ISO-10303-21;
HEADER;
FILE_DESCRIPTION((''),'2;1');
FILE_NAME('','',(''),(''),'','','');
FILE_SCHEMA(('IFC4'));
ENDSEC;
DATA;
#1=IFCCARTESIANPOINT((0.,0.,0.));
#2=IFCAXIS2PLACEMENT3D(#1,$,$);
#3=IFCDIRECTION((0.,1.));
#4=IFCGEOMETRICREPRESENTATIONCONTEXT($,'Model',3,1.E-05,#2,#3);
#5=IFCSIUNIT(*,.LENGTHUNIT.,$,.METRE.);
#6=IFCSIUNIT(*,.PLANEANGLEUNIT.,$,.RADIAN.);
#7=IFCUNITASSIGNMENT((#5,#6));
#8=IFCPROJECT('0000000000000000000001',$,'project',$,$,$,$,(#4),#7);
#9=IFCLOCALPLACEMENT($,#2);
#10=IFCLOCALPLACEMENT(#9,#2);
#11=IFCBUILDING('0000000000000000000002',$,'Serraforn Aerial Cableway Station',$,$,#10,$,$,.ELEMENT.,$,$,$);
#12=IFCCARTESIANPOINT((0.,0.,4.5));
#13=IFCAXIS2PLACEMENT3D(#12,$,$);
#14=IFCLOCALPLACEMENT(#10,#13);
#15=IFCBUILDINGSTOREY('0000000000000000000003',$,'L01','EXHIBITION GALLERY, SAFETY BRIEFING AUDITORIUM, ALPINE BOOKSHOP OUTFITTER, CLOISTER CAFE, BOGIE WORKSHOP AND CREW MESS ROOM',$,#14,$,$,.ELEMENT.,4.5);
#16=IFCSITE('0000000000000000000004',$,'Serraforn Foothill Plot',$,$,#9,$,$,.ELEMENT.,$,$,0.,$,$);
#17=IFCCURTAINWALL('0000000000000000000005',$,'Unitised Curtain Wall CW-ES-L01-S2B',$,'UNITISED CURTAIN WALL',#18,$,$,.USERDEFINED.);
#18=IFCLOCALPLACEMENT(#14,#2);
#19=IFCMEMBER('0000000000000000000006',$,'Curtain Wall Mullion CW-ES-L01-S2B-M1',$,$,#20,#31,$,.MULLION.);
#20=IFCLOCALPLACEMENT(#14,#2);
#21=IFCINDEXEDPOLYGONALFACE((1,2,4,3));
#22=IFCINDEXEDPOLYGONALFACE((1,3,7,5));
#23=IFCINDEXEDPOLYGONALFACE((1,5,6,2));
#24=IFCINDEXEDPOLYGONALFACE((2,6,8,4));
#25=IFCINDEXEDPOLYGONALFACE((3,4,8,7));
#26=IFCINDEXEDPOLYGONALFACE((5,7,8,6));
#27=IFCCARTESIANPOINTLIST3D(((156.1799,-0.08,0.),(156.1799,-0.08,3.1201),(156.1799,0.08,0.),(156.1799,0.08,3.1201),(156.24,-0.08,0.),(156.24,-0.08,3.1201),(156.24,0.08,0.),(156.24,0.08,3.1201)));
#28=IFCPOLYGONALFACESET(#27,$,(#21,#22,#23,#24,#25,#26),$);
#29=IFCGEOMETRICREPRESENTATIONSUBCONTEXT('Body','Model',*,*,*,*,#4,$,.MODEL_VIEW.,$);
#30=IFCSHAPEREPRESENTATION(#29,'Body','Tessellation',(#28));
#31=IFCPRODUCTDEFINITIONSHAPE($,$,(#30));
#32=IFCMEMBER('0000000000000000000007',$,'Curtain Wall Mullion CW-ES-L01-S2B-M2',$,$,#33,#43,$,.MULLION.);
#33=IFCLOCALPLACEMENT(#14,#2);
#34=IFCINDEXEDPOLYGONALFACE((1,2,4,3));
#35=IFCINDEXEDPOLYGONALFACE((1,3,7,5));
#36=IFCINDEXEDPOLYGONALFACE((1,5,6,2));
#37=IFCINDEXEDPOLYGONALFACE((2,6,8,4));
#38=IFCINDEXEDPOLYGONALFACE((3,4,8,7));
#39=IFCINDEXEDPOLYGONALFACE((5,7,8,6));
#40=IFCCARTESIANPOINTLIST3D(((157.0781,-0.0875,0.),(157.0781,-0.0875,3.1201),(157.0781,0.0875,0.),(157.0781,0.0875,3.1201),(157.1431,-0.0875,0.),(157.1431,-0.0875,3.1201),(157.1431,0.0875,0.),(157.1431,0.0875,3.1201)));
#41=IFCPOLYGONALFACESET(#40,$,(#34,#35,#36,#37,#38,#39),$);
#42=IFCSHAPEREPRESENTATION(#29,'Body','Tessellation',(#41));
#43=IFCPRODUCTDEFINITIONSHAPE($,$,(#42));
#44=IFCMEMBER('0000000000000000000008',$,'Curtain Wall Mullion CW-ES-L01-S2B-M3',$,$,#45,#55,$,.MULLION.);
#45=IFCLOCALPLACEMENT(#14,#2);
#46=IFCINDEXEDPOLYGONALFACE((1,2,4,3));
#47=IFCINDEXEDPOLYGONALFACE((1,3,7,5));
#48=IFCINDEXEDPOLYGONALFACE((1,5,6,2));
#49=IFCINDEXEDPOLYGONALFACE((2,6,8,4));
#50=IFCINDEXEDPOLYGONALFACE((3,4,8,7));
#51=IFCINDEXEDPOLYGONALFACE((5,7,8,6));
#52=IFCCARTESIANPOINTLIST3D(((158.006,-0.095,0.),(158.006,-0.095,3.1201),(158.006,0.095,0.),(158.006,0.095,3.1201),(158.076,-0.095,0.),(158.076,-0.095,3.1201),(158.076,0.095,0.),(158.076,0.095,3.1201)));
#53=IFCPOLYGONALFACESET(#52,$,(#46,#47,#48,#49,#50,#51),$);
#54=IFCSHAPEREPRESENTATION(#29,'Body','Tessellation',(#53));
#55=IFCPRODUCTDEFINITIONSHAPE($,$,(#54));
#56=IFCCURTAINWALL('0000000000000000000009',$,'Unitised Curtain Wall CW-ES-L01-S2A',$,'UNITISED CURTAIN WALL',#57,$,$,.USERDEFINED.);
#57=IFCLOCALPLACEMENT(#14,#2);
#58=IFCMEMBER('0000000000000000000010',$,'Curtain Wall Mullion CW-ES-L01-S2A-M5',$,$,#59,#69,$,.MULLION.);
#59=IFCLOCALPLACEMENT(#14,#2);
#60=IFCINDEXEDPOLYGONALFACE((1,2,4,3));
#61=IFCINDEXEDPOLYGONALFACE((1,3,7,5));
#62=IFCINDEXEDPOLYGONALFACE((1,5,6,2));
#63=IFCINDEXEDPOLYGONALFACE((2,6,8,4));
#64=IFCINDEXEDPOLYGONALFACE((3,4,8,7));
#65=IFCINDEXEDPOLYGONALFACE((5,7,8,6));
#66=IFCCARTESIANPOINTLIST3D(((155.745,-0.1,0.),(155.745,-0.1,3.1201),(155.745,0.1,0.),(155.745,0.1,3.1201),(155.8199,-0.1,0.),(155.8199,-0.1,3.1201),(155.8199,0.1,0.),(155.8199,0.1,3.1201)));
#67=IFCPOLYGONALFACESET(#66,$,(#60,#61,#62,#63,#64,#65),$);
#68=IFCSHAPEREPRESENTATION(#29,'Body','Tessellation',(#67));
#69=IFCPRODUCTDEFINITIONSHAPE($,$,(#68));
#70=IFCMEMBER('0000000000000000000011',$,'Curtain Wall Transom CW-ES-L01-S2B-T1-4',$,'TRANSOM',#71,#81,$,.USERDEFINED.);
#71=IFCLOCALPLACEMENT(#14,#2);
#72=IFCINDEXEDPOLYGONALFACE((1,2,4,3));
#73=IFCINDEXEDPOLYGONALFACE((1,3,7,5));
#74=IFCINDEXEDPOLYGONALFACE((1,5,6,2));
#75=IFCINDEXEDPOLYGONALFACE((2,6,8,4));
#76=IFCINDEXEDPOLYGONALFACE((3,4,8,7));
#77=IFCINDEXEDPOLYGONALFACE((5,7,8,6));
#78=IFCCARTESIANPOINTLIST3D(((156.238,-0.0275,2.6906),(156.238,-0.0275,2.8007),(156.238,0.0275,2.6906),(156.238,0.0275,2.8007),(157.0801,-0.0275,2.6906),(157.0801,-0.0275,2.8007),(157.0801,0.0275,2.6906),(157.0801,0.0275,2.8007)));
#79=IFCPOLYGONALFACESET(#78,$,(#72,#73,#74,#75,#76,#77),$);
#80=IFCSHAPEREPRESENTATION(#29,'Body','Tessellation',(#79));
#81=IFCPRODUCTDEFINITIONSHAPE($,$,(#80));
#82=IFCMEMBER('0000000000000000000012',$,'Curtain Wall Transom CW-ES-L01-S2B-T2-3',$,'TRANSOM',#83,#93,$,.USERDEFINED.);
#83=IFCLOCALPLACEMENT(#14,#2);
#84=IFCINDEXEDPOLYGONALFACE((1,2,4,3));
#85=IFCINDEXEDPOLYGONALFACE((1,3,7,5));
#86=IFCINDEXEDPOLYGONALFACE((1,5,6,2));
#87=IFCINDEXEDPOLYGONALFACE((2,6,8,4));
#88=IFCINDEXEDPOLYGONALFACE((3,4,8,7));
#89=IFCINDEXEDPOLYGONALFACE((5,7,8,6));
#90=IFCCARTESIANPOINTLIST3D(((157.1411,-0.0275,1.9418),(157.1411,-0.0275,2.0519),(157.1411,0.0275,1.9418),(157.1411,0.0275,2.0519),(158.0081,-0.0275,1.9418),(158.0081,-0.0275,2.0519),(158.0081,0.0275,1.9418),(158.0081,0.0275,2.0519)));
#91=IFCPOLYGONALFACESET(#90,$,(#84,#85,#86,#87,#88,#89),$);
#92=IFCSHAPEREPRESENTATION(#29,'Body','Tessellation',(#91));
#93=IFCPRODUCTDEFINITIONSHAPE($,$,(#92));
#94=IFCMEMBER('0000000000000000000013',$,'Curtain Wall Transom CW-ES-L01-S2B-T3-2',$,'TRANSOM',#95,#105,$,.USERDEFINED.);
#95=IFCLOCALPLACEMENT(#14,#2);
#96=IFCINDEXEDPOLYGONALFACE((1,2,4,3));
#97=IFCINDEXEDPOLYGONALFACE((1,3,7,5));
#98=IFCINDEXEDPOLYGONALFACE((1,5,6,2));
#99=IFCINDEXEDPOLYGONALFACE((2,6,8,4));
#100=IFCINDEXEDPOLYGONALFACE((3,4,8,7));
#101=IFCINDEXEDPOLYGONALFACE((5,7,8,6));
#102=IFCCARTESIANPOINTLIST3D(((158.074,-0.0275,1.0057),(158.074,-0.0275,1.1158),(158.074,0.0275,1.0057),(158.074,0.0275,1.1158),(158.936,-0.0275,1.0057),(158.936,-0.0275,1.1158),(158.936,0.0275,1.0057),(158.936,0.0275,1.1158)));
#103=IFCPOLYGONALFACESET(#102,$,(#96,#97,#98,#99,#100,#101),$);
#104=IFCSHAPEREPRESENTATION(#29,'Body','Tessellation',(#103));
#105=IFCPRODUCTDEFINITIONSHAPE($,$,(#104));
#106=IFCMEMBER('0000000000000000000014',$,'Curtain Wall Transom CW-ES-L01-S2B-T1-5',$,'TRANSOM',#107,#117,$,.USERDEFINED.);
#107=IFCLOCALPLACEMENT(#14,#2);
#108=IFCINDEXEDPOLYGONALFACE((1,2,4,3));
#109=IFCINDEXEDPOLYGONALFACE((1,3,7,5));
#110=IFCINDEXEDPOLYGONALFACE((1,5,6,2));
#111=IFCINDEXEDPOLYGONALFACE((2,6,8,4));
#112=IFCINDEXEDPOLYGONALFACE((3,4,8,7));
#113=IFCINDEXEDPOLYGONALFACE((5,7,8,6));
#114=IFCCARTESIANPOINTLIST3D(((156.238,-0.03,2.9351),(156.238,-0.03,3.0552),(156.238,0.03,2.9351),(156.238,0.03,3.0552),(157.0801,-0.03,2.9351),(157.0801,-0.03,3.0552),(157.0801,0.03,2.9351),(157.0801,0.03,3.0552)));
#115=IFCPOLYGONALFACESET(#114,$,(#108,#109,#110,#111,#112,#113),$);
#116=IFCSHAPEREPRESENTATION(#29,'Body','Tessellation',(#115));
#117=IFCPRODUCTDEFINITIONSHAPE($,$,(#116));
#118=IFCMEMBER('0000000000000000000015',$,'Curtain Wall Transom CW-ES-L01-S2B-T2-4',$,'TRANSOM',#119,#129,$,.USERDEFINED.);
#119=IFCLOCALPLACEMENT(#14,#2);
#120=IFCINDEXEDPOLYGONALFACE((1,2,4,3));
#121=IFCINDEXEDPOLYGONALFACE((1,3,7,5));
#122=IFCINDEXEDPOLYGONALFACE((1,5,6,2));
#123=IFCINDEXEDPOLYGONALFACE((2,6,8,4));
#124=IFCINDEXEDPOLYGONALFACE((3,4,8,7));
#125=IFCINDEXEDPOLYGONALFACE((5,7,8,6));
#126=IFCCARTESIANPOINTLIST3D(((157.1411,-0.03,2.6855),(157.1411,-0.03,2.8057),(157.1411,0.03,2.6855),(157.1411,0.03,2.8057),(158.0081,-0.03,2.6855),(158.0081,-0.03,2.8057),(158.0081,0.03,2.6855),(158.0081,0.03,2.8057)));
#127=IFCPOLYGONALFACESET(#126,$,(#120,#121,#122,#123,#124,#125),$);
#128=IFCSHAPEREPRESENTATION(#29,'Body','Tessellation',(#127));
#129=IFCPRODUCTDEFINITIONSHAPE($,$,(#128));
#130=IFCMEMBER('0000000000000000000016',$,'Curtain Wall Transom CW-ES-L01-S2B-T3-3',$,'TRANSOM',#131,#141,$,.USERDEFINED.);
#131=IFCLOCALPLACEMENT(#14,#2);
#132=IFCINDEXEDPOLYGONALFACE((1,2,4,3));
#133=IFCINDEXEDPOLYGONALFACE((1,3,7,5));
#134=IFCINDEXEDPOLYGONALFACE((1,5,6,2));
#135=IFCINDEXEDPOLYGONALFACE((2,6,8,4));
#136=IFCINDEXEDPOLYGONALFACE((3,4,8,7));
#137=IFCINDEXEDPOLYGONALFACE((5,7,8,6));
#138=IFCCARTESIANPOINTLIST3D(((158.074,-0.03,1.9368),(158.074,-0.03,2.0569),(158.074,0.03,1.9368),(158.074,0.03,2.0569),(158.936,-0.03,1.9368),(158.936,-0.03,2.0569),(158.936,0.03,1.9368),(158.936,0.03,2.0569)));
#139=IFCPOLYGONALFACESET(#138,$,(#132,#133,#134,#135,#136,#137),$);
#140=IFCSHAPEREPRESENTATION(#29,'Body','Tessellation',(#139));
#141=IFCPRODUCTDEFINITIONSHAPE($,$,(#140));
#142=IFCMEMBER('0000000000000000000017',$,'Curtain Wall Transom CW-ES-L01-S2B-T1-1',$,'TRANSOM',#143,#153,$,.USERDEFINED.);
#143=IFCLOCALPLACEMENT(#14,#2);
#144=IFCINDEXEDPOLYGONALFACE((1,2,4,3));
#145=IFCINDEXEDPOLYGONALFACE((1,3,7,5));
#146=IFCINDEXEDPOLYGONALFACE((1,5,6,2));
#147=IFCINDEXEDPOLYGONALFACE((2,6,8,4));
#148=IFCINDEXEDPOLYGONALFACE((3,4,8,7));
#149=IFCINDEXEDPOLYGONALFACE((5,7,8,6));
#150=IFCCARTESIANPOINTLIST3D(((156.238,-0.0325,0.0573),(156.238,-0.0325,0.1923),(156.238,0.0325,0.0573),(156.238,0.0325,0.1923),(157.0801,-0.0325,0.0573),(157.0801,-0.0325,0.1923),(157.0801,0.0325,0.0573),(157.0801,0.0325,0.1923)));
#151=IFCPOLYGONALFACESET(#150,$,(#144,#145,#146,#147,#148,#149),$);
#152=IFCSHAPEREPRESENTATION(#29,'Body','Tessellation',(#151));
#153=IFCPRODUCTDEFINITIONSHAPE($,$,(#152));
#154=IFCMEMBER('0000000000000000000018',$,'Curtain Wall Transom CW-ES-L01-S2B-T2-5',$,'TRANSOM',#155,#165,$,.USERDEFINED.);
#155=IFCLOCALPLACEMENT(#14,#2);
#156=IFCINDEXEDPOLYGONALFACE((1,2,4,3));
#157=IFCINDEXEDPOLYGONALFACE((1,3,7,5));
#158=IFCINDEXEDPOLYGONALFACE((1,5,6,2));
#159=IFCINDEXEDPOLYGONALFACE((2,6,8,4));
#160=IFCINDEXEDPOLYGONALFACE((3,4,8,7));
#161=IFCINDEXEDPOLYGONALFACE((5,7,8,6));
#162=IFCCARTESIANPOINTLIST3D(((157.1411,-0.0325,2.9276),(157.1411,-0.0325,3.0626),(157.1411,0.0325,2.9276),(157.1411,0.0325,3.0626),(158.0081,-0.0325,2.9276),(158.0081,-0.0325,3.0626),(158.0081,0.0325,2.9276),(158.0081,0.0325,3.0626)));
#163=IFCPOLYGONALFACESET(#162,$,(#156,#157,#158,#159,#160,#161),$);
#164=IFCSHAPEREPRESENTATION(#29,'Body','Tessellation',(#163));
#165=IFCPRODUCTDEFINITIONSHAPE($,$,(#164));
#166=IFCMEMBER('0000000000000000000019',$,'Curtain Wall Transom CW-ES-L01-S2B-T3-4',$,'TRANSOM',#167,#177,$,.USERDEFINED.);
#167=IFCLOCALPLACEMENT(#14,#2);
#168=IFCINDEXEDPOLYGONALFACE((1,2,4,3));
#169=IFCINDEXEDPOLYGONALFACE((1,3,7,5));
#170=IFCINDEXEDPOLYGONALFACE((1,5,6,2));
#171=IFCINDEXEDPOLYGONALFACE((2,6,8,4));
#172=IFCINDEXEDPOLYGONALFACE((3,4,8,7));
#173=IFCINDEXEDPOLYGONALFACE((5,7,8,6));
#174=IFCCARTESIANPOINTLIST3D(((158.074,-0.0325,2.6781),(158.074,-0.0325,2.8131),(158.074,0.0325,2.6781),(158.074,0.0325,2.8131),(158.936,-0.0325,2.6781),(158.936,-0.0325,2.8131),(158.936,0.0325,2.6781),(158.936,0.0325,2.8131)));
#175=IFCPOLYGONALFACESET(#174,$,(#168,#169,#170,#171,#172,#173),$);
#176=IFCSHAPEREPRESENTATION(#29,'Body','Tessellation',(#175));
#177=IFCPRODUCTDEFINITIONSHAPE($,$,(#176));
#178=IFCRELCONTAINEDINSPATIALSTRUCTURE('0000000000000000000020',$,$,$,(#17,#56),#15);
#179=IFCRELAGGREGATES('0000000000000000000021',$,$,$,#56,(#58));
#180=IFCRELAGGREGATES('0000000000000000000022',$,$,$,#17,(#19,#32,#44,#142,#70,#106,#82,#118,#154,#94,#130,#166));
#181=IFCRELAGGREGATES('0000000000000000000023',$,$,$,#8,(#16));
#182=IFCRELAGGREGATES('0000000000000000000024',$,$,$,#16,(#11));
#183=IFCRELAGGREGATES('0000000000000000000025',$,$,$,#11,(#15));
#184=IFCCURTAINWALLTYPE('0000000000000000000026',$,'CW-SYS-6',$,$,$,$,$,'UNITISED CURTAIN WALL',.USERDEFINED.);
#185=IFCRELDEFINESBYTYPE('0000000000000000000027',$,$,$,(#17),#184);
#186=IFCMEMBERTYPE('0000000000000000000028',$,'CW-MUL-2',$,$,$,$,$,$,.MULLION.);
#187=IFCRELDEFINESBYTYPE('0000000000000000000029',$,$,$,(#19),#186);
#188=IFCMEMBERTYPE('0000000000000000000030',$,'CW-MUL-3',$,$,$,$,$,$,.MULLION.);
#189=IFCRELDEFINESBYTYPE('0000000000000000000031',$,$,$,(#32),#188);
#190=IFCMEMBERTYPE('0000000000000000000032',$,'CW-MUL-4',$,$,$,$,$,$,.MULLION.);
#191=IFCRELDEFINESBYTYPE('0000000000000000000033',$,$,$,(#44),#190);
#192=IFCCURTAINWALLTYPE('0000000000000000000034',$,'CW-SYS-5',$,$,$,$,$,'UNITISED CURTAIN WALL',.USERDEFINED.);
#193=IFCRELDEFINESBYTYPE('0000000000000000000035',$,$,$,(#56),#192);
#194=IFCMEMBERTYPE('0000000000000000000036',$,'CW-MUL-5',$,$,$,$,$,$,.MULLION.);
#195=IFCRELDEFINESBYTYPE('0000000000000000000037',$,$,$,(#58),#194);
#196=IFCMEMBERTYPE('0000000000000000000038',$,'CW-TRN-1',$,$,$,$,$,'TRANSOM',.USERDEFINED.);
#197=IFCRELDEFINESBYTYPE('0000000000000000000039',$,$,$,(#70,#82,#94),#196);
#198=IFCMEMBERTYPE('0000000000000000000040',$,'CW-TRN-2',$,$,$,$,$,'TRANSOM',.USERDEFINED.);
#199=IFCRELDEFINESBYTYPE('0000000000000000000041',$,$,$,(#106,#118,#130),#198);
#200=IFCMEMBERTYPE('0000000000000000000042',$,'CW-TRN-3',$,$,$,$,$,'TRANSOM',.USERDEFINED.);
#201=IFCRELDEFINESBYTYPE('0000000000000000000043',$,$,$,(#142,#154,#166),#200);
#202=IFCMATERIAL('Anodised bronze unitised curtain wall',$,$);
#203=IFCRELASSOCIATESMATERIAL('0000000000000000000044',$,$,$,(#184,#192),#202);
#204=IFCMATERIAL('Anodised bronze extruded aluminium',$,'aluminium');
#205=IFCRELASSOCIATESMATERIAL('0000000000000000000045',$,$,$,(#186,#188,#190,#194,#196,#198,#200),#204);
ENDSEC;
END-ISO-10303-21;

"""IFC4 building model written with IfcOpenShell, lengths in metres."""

from ifc_helpers import new_model, si_unit, direction, frame, origin, origin_2d, place, context, subcontext, project, spatial, rectangle, extrude, material, material_profile, profile_set, type_object, element, aggregate, save


model = new_model("IFC4")

# Units and contexts
model_context = context("Model", 3, precision=1e-05, world=origin(), true_north=direction((0.0, 1.0)))
body_context = subcontext(model_context, "Body", "Model", "MODEL_VIEW")
ifc_project = project(units=[si_unit("LENGTHUNIT", "METRE"), si_unit("PLANEANGLEUNIT", "RADIAN")], contexts=[model_context])

# Site, building, storey
site_placement = place(None, origin())
site = spatial("IfcSite", under=ifc_project, at=site_placement, Name="Serraforn Foothill Plot", CompositionType="ELEMENT", RefElevation=0.0)
building_placement = place(site_placement, origin())
building = spatial("IfcBuilding", under=site, at=building_placement, Name="Serraforn Aerial Cableway Station", CompositionType="ELEMENT")
storey_placement = place(building_placement, frame((0.0, 0.0, 4.5)))
storey = spatial("IfcBuildingStorey", under=building, at=storey_placement, Name="L01", Description="EXHIBITION GALLERY, SAFETY BRIEFING AUDITORIUM, ALPINE BOOKSHOP OUTFITTER, CLOISTER CAFE, BOGIE WORKSHOP AND CREW MESS ROOM", CompositionType="ELEMENT", Elevation=4.5)

# Curtain wall, members
ifc_material_1 = material(Name="Anodised bronze unitised curtain wall")
curtain_wall_type_1 = type_object("IfcCurtainWallType", Name="CW-SYS-6", ElementType="UNITISED CURTAIN WALL", PredefinedType="USERDEFINED", material=ifc_material_1)
curtain_wall_1_placement = place(storey_placement, origin())
curtain_wall_1 = element("IfcCurtainWall", 1, at=curtain_wall_1_placement, inside=storey, type_object=curtain_wall_type_1, Name="Unitised Curtain Wall CW-ES-L01-S2B", ObjectType="UNITISED CURTAIN WALL", PredefinedType="USERDEFINED")
ifc_material_2 = material(Name="Anodised bronze extruded aluminium", Category="aluminium")
ifc_material_profile_1 = material_profile(ifc_material_2, rectangle(XDim=0.0601, YDim=0.1599, at=origin_2d()), Name="CW MULLION 60x160")
ifc_profile_set_1 = profile_set([ifc_material_profile_1], Name="Anodised bronze extruded aluminium")
member_type_1 = type_object("IfcMemberType", Name="CW-MUL-2", PredefinedType="MULLION", material=ifc_profile_set_1)
member_1_placement = place(storey_placement, frame((156.21, 0.0, 0.0), z_axis=(0.0, 0.0, 1.0), x_axis=(1.0, 0.0, 0.0)))
member_1 = element("IfcMember", 2, at=member_1_placement, type_object=member_type_1, Name="Curtain Wall Mullion CW-ES-L01-S2B-M1", PredefinedType="MULLION", context=body_context, shape_type="SweptSolid", body=[
    extrude(rectangle(XDim=0.0601, YDim=0.1599, at=origin_2d()), origin(), (0.0, 0.0, 1.0), 3.1201),
])
ifc_material_profile_2 = material_profile(ifc_material_2, rectangle(XDim=0.0649, YDim=0.175, at=origin_2d()), Name="CW MULLION 65x175")
ifc_profile_set_2 = profile_set([ifc_material_profile_2], Name="Anodised bronze extruded aluminium")
member_type_2 = type_object("IfcMemberType", Name="CW-MUL-3", PredefinedType="MULLION", material=ifc_profile_set_2)
member_2_placement = place(storey_placement, frame((157.1106, 0.0, 0.0), z_axis=(0.0, 0.0, 1.0), x_axis=(1.0, 0.0, 0.0)))
member_2 = element("IfcMember", 3, at=member_2_placement, type_object=member_type_2, Name="Curtain Wall Mullion CW-ES-L01-S2B-M2", PredefinedType="MULLION", context=body_context, shape_type="SweptSolid", body=[
    extrude(rectangle(XDim=0.0649, YDim=0.175, at=origin_2d()), origin(), (0.0, 0.0, 1.0), 3.1201),
])
ifc_material_profile_3 = material_profile(ifc_material_2, rectangle(XDim=0.0701, YDim=0.1899, at=origin_2d()), Name="CW MULLION 70x190")
ifc_profile_set_3 = profile_set([ifc_material_profile_3], Name="Anodised bronze extruded aluminium")
member_type_3 = type_object("IfcMemberType", Name="CW-MUL-4", PredefinedType="MULLION", material=ifc_profile_set_3)
member_3_placement = place(storey_placement, frame((158.041, 0.0, 0.0), z_axis=(0.0, 0.0, 1.0), x_axis=(1.0, 0.0, 0.0)))
member_3 = element("IfcMember", 4, at=member_3_placement, type_object=member_type_3, Name="Curtain Wall Mullion CW-ES-L01-S2B-M3", PredefinedType="MULLION", context=body_context, shape_type="SweptSolid", body=[
    extrude(rectangle(XDim=0.0701, YDim=0.1899, at=origin_2d()), origin(), (0.0, 0.0, 1.0), 3.1201),
])

# Curtain wall, member
curtain_wall_type_2 = type_object("IfcCurtainWallType", Name="CW-SYS-5", ElementType="UNITISED CURTAIN WALL", PredefinedType="USERDEFINED", material=ifc_material_1)
curtain_wall_2_placement = place(storey_placement, origin())
curtain_wall_2 = element("IfcCurtainWall", 5, at=curtain_wall_2_placement, inside=storey, type_object=curtain_wall_type_2, Name="Unitised Curtain Wall CW-ES-L01-S2A", ObjectType="UNITISED CURTAIN WALL", PredefinedType="USERDEFINED")
ifc_material_profile_4 = material_profile(ifc_material_2, rectangle(XDim=0.075, YDim=0.2, at=origin_2d()), Name="CW MULLION 75x200")
ifc_profile_set_4 = profile_set([ifc_material_profile_4], Name="Anodised bronze extruded aluminium")
member_type_4 = type_object("IfcMemberType", Name="CW-MUL-5", PredefinedType="MULLION", material=ifc_profile_set_4)
member_4_placement = place(storey_placement, frame((155.7825, 0.0, 0.0), z_axis=(0.0, 0.0, 1.0), x_axis=(1.0, 0.0, 0.0)))
member_4 = element("IfcMember", 6, at=member_4_placement, type_object=member_type_4, Name="Curtain Wall Mullion CW-ES-L01-S2A-M5", PredefinedType="MULLION", context=body_context, shape_type="SweptSolid", body=[
    extrude(rectangle(XDim=0.075, YDim=0.2, at=origin_2d()), origin(), (0.0, 0.0, 1.0), 3.1201),
])

# Members
ifc_material_profile_5 = material_profile(ifc_material_2, rectangle(XDim=0.0549, YDim=0.1101, at=origin_2d()), Name="CW TRANSOM 55x110")
ifc_profile_set_5 = profile_set([ifc_material_profile_5], Name="Anodised bronze extruded aluminium")
member_type_5 = type_object("IfcMemberType", Name="CW-TRN-1", ElementType="TRANSOM", PredefinedType="USERDEFINED", material=ifc_profile_set_5)
member_5_placement = place(storey_placement, frame((156.238, 0.0, 2.7456), z_axis=(1.0, 0.0, 0.0), x_axis=(0.0, 1.0, 0.0)))
member_5 = element("IfcMember", 7, at=member_5_placement, type_object=member_type_5, Name="Curtain Wall Transom CW-ES-L01-S2B-T1-4", ObjectType="TRANSOM", PredefinedType="USERDEFINED", context=body_context, shape_type="SweptSolid", body=[
    extrude(rectangle(XDim=0.0549, YDim=0.1101, at=origin_2d()), origin(), (0.0, 0.0, 1.0), 0.842),
])
member_6_placement = place(storey_placement, frame((157.1411, 0.0, 1.9968), z_axis=(1.0, 0.0, 0.0), x_axis=(0.0, 1.0, 0.0)))
member_6 = element("IfcMember", 8, at=member_6_placement, type_object=member_type_5, Name="Curtain Wall Transom CW-ES-L01-S2B-T2-3", ObjectType="TRANSOM", PredefinedType="USERDEFINED", context=body_context, shape_type="SweptSolid", body=[
    extrude(rectangle(XDim=0.0549, YDim=0.1101, at=origin_2d()), origin(), (0.0, 0.0, 1.0), 0.8669),
])
member_7_placement = place(storey_placement, frame((158.074, 0.0, 1.0608), z_axis=(1.0, 0.0, 0.0), x_axis=(0.0, 1.0, 0.0)))
member_7 = element("IfcMember", 9, at=member_7_placement, type_object=member_type_5, Name="Curtain Wall Transom CW-ES-L01-S2B-T3-2", ObjectType="TRANSOM", PredefinedType="USERDEFINED", context=body_context, shape_type="SweptSolid", body=[
    extrude(rectangle(XDim=0.0549, YDim=0.1101, at=origin_2d()), origin(), (0.0, 0.0, 1.0), 0.8621),
])
ifc_material_profile_6 = material_profile(ifc_material_2, rectangle(XDim=0.0601, YDim=0.1201, at=origin_2d()), Name="CW TRANSOM 60x120")
ifc_profile_set_6 = profile_set([ifc_material_profile_6], Name="Anodised bronze extruded aluminium")
member_type_6 = type_object("IfcMemberType", Name="CW-TRN-2", ElementType="TRANSOM", PredefinedType="USERDEFINED", material=ifc_profile_set_6)
member_8_placement = place(storey_placement, frame((156.238, 0.0, 2.9951), z_axis=(1.0, 0.0, 0.0), x_axis=(0.0, 1.0, 0.0)))
member_8 = element("IfcMember", 10, at=member_8_placement, type_object=member_type_6, Name="Curtain Wall Transom CW-ES-L01-S2B-T1-5", ObjectType="TRANSOM", PredefinedType="USERDEFINED", context=body_context, shape_type="SweptSolid", body=[
    extrude(rectangle(XDim=0.0601, YDim=0.1201, at=origin_2d()), origin(), (0.0, 0.0, 1.0), 0.842),
])
member_9_placement = place(storey_placement, frame((157.1411, 0.0, 2.7456), z_axis=(1.0, 0.0, 0.0), x_axis=(0.0, 1.0, 0.0)))
member_9 = element("IfcMember", 11, at=member_9_placement, type_object=member_type_6, Name="Curtain Wall Transom CW-ES-L01-S2B-T2-4", ObjectType="TRANSOM", PredefinedType="USERDEFINED", context=body_context, shape_type="SweptSolid", body=[
    extrude(rectangle(XDim=0.0601, YDim=0.1201, at=origin_2d()), origin(), (0.0, 0.0, 1.0), 0.8669),
])
member_10_placement = place(storey_placement, frame((158.074, 0.0, 1.9968), z_axis=(1.0, 0.0, 0.0), x_axis=(0.0, 1.0, 0.0)))
member_10 = element("IfcMember", 12, at=member_10_placement, type_object=member_type_6, Name="Curtain Wall Transom CW-ES-L01-S2B-T3-3", ObjectType="TRANSOM", PredefinedType="USERDEFINED", context=body_context, shape_type="SweptSolid", body=[
    extrude(rectangle(XDim=0.0601, YDim=0.1201, at=origin_2d()), origin(), (0.0, 0.0, 1.0), 0.8621),
])
ifc_material_profile_7 = material_profile(ifc_material_2, rectangle(XDim=0.0649, YDim=0.135, at=origin_2d()), Name="CW TRANSOM 65x135")
ifc_profile_set_7 = profile_set([ifc_material_profile_7], Name="Anodised bronze extruded aluminium")
member_type_7 = type_object("IfcMemberType", Name="CW-TRN-3", ElementType="TRANSOM", PredefinedType="USERDEFINED", material=ifc_profile_set_7)
member_11_placement = place(storey_placement, frame((156.238, 0.0, 0.1248), z_axis=(1.0, 0.0, 0.0), x_axis=(0.0, 1.0, 0.0)))
member_11 = element("IfcMember", 13, at=member_11_placement, type_object=member_type_7, Name="Curtain Wall Transom CW-ES-L01-S2B-T1-1", ObjectType="TRANSOM", PredefinedType="USERDEFINED", context=body_context, shape_type="SweptSolid", body=[
    extrude(rectangle(XDim=0.0649, YDim=0.135, at=origin_2d()), origin(), (0.0, 0.0, 1.0), 0.842),
])
member_12_placement = place(storey_placement, frame((157.1411, 0.0, 2.9951), z_axis=(1.0, 0.0, 0.0), x_axis=(0.0, 1.0, 0.0)))
member_12 = element("IfcMember", 14, at=member_12_placement, type_object=member_type_7, Name="Curtain Wall Transom CW-ES-L01-S2B-T2-5", ObjectType="TRANSOM", PredefinedType="USERDEFINED", context=body_context, shape_type="SweptSolid", body=[
    extrude(rectangle(XDim=0.0649, YDim=0.135, at=origin_2d()), origin(), (0.0, 0.0, 1.0), 0.8669),
])
member_13_placement = place(storey_placement, frame((158.074, 0.0, 2.7456), z_axis=(1.0, 0.0, 0.0), x_axis=(0.0, 1.0, 0.0)))
member_13 = element("IfcMember", 15, at=member_13_placement, type_object=member_type_7, Name="Curtain Wall Transom CW-ES-L01-S2B-T3-4", ObjectType="TRANSOM", PredefinedType="USERDEFINED", context=body_context, shape_type="SweptSolid", body=[
    extrude(rectangle(XDim=0.0649, YDim=0.135, at=origin_2d()), origin(), (0.0, 0.0, 1.0), 0.8621),
])

aggregate(curtain_wall_2, [member_4])
aggregate(curtain_wall_1, [member_1, member_2, member_3, member_11, member_5, member_8, member_6, member_9, member_12, member_7, member_10, member_13])

save(model, "model.ifc")
